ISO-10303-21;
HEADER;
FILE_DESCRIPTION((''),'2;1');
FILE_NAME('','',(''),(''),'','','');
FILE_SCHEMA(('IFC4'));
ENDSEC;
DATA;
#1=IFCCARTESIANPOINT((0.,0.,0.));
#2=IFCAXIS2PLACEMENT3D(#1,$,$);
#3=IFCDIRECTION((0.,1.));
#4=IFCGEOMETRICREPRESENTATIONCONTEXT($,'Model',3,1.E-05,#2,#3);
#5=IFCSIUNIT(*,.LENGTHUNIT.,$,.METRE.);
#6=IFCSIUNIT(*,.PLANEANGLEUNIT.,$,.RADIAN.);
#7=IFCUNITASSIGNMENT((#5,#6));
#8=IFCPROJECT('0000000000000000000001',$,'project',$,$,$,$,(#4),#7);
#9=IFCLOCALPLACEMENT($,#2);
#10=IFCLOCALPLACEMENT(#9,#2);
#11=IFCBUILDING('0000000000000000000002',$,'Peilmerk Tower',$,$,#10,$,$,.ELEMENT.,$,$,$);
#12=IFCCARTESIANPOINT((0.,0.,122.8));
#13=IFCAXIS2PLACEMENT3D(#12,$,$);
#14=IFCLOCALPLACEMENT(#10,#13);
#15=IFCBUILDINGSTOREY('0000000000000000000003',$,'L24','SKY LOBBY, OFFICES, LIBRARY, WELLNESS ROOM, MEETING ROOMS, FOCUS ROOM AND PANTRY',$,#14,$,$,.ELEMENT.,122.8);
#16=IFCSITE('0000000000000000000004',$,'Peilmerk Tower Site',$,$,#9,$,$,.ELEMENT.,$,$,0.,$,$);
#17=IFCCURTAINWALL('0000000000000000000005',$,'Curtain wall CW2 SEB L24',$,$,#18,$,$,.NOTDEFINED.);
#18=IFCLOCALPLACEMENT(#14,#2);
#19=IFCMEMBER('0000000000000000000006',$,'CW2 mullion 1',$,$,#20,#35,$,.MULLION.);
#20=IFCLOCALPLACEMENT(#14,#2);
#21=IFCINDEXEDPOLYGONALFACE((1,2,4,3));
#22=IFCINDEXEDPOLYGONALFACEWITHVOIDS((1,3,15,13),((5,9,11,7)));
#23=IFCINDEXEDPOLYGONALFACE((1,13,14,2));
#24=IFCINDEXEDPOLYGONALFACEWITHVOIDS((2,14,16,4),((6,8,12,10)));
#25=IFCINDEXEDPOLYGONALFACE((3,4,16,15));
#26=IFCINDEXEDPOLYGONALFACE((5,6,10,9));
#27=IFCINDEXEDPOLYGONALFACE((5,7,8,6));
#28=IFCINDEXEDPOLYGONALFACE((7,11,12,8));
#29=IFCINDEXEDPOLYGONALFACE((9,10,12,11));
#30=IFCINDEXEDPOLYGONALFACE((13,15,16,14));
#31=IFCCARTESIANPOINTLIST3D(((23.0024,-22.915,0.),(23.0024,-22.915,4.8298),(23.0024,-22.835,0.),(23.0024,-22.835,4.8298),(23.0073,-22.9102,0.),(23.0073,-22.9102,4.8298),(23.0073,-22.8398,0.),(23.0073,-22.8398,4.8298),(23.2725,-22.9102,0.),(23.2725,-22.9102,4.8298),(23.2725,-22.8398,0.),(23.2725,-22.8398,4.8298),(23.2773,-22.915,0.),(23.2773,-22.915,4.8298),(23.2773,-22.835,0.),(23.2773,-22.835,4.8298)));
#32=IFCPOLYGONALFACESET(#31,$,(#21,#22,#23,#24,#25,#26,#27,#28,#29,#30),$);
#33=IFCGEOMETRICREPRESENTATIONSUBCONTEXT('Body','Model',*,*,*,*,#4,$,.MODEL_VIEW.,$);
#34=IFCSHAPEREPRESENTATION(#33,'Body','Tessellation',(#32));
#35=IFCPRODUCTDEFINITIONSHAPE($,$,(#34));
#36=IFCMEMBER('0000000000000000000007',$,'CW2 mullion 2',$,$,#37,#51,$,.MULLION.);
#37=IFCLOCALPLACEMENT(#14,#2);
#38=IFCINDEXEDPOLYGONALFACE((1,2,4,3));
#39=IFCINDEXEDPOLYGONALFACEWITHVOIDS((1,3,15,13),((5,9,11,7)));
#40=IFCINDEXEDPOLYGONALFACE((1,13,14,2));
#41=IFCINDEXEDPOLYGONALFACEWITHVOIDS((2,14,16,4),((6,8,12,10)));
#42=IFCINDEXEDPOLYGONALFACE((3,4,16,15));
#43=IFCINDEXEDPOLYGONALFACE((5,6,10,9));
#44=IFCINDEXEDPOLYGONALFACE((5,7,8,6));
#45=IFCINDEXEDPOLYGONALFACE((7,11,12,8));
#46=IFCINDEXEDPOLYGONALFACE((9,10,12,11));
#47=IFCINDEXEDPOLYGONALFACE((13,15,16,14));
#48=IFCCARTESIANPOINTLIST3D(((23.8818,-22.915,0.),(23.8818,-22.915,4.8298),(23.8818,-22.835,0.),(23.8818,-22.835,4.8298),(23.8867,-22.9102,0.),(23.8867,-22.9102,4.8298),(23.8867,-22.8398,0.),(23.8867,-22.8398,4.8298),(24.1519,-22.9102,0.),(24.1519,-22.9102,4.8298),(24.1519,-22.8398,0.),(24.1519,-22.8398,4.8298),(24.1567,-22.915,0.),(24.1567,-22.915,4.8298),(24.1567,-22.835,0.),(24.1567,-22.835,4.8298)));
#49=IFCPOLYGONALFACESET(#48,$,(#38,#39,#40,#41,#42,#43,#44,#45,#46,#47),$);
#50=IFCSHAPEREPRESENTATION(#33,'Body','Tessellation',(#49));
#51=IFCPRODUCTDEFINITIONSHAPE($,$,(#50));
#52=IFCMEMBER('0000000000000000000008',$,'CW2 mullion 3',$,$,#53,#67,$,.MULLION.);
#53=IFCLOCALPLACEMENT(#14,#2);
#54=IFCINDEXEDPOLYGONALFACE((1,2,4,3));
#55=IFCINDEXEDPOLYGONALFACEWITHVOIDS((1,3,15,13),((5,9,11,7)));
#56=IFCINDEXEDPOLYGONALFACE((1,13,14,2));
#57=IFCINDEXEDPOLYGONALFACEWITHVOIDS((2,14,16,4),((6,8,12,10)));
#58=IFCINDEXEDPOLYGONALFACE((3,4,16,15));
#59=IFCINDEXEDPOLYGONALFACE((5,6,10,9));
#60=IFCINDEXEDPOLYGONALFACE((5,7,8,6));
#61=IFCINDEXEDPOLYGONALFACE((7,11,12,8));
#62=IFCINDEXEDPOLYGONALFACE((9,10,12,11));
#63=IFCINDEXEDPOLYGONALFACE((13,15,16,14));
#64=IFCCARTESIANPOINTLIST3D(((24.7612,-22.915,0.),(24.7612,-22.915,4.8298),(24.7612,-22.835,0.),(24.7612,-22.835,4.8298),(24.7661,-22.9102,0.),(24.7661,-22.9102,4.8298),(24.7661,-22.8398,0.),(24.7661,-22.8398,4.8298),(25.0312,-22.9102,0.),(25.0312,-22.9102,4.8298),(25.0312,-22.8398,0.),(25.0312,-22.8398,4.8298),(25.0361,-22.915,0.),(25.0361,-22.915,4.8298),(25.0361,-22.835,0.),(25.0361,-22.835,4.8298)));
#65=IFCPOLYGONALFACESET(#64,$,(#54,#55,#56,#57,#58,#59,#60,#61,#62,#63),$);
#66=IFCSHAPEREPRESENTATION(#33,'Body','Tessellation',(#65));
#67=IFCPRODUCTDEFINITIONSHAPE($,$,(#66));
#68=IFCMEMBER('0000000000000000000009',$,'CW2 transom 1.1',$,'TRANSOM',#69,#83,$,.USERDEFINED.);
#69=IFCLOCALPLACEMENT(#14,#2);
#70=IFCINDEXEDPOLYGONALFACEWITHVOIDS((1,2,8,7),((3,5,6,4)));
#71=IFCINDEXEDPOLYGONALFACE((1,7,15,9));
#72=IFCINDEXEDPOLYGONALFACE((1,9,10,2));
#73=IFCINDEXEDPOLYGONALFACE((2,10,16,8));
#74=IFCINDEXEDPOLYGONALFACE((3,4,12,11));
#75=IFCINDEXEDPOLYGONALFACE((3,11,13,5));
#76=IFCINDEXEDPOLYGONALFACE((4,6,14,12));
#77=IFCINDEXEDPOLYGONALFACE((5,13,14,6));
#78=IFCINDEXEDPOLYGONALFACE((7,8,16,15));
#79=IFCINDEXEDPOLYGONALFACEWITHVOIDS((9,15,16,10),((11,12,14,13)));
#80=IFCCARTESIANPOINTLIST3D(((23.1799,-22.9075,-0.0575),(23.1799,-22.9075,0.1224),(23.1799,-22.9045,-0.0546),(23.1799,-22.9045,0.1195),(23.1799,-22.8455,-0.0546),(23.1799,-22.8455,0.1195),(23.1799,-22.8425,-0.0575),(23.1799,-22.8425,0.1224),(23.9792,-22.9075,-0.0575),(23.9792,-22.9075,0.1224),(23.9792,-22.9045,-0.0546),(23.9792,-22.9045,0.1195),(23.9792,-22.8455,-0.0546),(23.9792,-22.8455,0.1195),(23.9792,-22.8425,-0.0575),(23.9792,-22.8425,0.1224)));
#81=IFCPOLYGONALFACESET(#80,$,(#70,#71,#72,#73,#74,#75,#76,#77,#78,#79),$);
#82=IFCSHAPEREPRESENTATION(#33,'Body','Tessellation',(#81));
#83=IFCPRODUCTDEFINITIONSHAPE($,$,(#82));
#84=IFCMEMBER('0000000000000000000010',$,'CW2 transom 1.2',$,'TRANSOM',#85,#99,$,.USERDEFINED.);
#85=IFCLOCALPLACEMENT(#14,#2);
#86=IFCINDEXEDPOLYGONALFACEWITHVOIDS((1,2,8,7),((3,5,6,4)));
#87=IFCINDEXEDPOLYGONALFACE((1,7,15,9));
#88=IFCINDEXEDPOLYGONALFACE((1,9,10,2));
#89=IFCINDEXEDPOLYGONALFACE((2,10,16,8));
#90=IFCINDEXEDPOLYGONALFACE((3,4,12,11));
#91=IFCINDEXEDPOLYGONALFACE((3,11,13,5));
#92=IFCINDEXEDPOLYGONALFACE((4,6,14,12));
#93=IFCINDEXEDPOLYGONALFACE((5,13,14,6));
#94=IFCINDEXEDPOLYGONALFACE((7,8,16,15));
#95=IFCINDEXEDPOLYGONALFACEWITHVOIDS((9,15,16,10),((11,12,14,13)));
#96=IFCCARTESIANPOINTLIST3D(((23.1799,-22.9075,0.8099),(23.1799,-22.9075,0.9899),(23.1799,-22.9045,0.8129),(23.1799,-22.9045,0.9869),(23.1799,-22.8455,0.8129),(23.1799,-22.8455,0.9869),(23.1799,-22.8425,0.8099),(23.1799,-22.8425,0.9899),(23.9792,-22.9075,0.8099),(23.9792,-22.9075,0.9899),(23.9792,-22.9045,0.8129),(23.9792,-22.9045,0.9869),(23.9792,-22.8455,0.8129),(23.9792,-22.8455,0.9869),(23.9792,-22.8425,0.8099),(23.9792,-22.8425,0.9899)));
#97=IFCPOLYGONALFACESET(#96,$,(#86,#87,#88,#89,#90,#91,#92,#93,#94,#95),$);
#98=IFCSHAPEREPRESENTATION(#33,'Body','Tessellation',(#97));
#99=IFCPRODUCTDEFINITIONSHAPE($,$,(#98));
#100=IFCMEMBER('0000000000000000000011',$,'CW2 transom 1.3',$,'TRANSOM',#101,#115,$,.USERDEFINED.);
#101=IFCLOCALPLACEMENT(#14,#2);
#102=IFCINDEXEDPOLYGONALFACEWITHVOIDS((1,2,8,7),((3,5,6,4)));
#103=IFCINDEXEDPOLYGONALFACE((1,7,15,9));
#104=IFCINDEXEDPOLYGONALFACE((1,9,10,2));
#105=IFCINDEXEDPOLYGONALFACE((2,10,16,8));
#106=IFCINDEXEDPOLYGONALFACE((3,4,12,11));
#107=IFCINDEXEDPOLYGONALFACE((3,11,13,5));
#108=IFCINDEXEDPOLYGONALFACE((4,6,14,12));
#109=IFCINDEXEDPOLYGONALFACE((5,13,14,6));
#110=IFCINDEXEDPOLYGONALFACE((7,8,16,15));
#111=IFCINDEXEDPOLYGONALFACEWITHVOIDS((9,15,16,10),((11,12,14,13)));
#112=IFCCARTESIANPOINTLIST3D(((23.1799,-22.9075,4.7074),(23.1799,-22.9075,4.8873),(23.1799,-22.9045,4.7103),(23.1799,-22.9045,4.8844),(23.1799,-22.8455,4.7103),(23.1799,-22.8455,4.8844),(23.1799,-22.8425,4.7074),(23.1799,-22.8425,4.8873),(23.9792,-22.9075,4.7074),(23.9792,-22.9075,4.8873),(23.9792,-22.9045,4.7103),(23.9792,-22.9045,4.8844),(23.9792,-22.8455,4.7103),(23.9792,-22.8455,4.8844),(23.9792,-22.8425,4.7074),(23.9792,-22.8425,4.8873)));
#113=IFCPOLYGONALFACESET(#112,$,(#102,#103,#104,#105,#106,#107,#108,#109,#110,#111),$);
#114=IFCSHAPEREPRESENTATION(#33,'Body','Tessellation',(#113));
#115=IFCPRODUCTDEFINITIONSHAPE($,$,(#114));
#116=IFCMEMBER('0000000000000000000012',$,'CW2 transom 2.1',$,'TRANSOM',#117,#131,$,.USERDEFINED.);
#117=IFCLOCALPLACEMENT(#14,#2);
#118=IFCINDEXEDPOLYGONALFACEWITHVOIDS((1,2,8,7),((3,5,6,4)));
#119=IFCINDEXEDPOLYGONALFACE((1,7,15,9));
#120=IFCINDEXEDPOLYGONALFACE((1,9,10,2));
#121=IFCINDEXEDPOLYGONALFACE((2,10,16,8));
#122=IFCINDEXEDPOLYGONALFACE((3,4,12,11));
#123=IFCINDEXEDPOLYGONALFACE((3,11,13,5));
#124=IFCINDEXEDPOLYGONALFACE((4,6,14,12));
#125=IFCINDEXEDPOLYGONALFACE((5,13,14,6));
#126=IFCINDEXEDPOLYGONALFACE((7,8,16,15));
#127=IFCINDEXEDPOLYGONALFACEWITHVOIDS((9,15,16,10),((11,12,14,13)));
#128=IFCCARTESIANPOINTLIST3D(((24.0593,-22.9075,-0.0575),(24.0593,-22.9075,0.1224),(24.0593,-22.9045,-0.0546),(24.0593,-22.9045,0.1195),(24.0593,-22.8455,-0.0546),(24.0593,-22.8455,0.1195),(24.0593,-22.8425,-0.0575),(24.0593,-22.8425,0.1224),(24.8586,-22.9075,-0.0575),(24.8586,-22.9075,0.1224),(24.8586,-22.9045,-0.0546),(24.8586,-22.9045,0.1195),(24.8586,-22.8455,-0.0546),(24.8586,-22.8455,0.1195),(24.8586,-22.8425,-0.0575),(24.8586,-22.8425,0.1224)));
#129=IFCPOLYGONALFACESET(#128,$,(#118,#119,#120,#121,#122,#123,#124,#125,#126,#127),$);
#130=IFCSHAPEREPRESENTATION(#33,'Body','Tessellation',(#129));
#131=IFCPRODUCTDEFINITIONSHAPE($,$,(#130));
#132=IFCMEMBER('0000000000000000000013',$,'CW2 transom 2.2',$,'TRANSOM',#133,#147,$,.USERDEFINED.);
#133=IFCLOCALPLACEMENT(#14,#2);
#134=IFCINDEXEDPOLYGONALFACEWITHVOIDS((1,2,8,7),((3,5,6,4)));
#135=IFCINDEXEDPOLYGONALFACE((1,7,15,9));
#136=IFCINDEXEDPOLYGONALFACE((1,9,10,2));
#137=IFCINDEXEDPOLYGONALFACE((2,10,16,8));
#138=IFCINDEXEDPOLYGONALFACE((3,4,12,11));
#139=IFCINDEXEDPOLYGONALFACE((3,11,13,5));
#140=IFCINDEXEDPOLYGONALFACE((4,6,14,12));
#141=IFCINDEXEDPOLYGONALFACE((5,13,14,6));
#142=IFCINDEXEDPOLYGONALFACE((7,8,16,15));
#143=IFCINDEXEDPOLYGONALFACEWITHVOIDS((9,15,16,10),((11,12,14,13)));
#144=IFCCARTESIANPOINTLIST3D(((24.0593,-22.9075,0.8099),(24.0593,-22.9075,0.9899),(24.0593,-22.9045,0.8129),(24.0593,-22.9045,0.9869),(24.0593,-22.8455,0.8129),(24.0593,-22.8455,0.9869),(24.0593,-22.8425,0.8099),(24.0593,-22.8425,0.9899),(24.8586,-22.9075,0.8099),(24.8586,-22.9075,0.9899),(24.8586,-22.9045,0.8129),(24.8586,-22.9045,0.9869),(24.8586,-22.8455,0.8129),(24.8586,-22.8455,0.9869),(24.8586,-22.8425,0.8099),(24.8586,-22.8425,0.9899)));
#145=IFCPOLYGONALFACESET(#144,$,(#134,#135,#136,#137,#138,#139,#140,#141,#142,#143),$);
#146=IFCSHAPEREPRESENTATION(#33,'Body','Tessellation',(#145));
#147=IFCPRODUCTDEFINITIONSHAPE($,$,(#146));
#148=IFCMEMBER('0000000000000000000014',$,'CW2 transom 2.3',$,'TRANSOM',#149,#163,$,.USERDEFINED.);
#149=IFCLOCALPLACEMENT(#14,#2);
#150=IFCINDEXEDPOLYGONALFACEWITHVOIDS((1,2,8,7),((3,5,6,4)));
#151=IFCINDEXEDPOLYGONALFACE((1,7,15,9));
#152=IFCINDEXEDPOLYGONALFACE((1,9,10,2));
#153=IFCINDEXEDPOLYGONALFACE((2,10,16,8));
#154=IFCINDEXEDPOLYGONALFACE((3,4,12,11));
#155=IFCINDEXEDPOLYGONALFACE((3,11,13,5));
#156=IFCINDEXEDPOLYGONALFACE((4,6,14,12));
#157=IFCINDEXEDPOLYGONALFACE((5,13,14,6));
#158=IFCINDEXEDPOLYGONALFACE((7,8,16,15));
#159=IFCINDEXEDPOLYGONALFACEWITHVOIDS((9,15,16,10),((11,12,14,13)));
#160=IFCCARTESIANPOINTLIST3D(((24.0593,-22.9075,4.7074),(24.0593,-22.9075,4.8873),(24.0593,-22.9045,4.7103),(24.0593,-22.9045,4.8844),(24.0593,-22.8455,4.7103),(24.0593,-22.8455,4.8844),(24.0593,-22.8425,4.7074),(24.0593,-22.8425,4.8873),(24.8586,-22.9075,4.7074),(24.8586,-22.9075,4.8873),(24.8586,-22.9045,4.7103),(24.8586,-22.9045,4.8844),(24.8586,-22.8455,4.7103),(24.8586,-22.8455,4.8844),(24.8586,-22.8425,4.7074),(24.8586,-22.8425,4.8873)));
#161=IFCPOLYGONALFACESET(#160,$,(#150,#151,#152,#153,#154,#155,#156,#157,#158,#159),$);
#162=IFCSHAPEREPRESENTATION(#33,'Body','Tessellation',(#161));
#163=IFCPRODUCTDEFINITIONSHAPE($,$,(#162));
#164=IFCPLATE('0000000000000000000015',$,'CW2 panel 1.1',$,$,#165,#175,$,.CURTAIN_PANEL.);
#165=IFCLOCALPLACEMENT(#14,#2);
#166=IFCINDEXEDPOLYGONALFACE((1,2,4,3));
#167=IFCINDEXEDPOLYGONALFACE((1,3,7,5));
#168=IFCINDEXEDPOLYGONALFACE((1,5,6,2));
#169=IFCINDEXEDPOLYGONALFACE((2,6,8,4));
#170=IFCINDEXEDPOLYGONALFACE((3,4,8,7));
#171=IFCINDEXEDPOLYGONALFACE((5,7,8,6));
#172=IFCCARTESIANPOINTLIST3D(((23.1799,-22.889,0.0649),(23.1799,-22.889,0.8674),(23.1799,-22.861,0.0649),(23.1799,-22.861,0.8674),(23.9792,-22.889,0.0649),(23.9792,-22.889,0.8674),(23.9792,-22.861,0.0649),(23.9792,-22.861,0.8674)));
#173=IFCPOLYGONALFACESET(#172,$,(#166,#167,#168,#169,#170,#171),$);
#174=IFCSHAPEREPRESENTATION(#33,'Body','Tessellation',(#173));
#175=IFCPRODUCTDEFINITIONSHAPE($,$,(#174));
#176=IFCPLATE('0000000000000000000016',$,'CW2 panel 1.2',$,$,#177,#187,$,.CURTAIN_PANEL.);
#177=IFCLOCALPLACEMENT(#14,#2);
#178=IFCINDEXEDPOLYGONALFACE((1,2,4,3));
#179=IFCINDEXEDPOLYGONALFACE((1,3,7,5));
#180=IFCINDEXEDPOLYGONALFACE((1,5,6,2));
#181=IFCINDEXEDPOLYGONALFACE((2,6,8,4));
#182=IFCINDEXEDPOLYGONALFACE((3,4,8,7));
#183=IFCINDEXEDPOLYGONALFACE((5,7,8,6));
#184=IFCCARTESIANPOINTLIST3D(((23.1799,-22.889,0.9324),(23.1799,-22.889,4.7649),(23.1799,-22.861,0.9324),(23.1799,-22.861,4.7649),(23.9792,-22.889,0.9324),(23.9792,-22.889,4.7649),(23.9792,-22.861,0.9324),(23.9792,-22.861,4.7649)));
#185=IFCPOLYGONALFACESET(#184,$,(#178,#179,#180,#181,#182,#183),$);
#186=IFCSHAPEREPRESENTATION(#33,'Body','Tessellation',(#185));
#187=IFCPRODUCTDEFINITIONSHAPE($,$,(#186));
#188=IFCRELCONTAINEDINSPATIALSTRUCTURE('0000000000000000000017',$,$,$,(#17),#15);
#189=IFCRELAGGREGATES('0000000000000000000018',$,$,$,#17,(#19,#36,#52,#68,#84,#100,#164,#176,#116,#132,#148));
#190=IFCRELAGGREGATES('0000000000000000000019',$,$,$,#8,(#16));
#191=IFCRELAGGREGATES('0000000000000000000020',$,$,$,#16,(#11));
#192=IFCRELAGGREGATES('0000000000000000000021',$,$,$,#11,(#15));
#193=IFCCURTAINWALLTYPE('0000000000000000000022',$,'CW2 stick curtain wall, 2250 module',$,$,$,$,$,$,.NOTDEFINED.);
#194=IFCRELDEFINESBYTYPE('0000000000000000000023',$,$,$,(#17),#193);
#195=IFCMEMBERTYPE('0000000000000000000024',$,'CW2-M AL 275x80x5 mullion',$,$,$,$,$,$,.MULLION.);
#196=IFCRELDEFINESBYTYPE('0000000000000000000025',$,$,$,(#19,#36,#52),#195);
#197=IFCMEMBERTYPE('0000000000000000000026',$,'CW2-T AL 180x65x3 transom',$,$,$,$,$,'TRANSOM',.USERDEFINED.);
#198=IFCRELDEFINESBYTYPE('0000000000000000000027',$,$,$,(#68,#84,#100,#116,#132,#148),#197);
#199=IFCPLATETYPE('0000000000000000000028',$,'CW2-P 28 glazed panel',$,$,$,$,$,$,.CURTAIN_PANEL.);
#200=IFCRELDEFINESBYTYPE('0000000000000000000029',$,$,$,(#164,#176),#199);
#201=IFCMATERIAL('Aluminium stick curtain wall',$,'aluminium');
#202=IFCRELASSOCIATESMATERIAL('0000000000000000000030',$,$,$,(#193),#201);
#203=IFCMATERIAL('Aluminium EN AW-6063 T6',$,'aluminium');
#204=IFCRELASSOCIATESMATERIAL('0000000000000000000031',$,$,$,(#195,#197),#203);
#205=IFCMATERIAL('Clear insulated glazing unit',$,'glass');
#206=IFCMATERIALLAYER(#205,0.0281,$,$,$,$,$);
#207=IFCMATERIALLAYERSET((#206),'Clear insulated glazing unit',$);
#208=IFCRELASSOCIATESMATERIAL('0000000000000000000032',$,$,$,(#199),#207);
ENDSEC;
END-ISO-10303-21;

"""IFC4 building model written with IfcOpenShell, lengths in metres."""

from ifc_helpers import new_model, si_unit, direction, frame, origin, origin_2d, place, context, subcontext, project, spatial, rectangle, hollow_rectangle, extrude, material, layer, layer_set, material_profile, profile_set, type_object, element, aggregate, save


model = new_model("IFC4")

# Units and contexts
model_context = context("Model", 3, precision=1e-05, world=origin(), true_north=direction((0.0, 1.0)))
body_context = subcontext(model_context, "Body", "Model", "MODEL_VIEW")
ifc_project = project(units=[si_unit("LENGTHUNIT", "METRE"), si_unit("PLANEANGLEUNIT", "RADIAN")], contexts=[model_context])

# Site, building, storey
site_placement = place(None, origin())
site = spatial("IfcSite", under=ifc_project, at=site_placement, Name="Peilmerk Tower Site", CompositionType="ELEMENT", RefElevation=0.0)
building_placement = place(site_placement, origin())
building = spatial("IfcBuilding", under=site, at=building_placement, Name="Peilmerk Tower", CompositionType="ELEMENT")
storey_placement = place(building_placement, frame((0.0, 0.0, 122.8)))
storey = spatial("IfcBuildingStorey", under=building, at=storey_placement, Name="L24", Description="SKY LOBBY, OFFICES, LIBRARY, WELLNESS ROOM, MEETING ROOMS, FOCUS ROOM AND PANTRY", CompositionType="ELEMENT", Elevation=122.8)

# Curtain wall, members, plates
ifc_material_1 = material(Name="Aluminium stick curtain wall", Category="aluminium")
curtain_wall_type = type_object("IfcCurtainWallType", Name="CW2 stick curtain wall, 2250 module", PredefinedType="NOTDEFINED", material=ifc_material_1)
curtain_wall_placement = place(storey_placement, origin())
curtain_wall = element("IfcCurtainWall", 1, at=curtain_wall_placement, inside=storey, type_object=curtain_wall_type, Name="Curtain wall CW2 SEB L24", PredefinedType="NOTDEFINED")
ifc_material_2 = material(Name="Aluminium EN AW-6063 T6", Category="aluminium")
ifc_material_profile_1 = material_profile(ifc_material_2, hollow_rectangle(XDim=0.0801, YDim=0.2749, WallThickness=0.0049, at=origin_2d()), Name="AL 275x80x5")
ifc_profile_set_1 = profile_set([ifc_material_profile_1], Name="Aluminium EN AW-6063 T6")
member_type_1 = type_object("IfcMemberType", Name="CW2-M AL 275x80x5 mullion", PredefinedType="MULLION", material=ifc_profile_set_1)
member_1_placement = place(storey_placement, frame((23.1399, -22.875, 0.0), z_axis=(0.0, 0.0, 1.0), x_axis=(0.0, 1.0, 0.0)))
member_1 = element("IfcMember", 2, at=member_1_placement, type_object=member_type_1, Name="CW2 mullion 1", PredefinedType="MULLION", context=body_context, shape_type="SweptSolid", body=[
    extrude(hollow_rectangle(XDim=0.0801, YDim=0.2749, WallThickness=0.0049, at=origin_2d()), origin(), (0.0, 0.0, 1.0), 4.8298),
])
member_2_placement = place(storey_placement, frame((24.0193, -22.875, 0.0), z_axis=(0.0, 0.0, 1.0), x_axis=(0.0, 1.0, 0.0)))
member_2 = element("IfcMember", 3, at=member_2_placement, type_object=member_type_1, Name="CW2 mullion 2", PredefinedType="MULLION", context=body_context, shape_type="SweptSolid", body=[
    extrude(hollow_rectangle(XDim=0.0801, YDim=0.2749, WallThickness=0.0049, at=origin_2d()), origin(), (0.0, 0.0, 1.0), 4.8298),
])
member_3_placement = place(storey_placement, frame((24.8987, -22.875, 0.0), z_axis=(0.0, 0.0, 1.0), x_axis=(0.0, 1.0, 0.0)))
member_3 = element("IfcMember", 4, at=member_3_placement, type_object=member_type_1, Name="CW2 mullion 3", PredefinedType="MULLION", context=body_context, shape_type="SweptSolid", body=[
    extrude(hollow_rectangle(XDim=0.0801, YDim=0.2749, WallThickness=0.0049, at=origin_2d()), origin(), (0.0, 0.0, 1.0), 4.8298),
])
ifc_material_profile_2 = material_profile(ifc_material_2, hollow_rectangle(XDim=0.0649, YDim=0.1799, WallThickness=0.0029, at=origin_2d()), Name="AL 180x65x3")
ifc_profile_set_2 = profile_set([ifc_material_profile_2], Name="Aluminium EN AW-6063 T6")
member_type_2 = type_object("IfcMemberType", Name="CW2-T AL 180x65x3 transom", ElementType="TRANSOM", PredefinedType="USERDEFINED", material=ifc_profile_set_2)
member_4_placement = place(storey_placement, frame((23.1799, -22.875, 0.0325), z_axis=(1.0, 0.0, 0.0), x_axis=(0.0, 1.0, 0.0)))
member_4 = element("IfcMember", 5, at=member_4_placement, type_object=member_type_2, Name="CW2 transom 1.1", ObjectType="TRANSOM", PredefinedType="USERDEFINED", context=body_context, shape_type="SweptSolid", body=[
    extrude(hollow_rectangle(XDim=0.0649, YDim=0.1799, WallThickness=0.0029, at=origin_2d()), origin(), (0.0, 0.0, 1.0), 0.7993),
])
member_5_placement = place(storey_placement, frame((23.1799, -22.875, 0.8999), z_axis=(1.0, 0.0, 0.0), x_axis=(0.0, 1.0, 0.0)))
member_5 = element("IfcMember", 6, at=member_5_placement, type_object=member_type_2, Name="CW2 transom 1.2", ObjectType="TRANSOM", PredefinedType="USERDEFINED", context=body_context, shape_type="SweptSolid", body=[
    extrude(hollow_rectangle(XDim=0.0649, YDim=0.1799, WallThickness=0.0029, at=origin_2d()), origin(), (0.0, 0.0, 1.0), 0.7993),
])
member_6_placement = place(storey_placement, frame((23.1799, -22.875, 4.7974), z_axis=(1.0, 0.0, 0.0), x_axis=(0.0, 1.0, 0.0)))
member_6 = element("IfcMember", 7, at=member_6_placement, type_object=member_type_2, Name="CW2 transom 1.3", ObjectType="TRANSOM", PredefinedType="USERDEFINED", context=body_context, shape_type="SweptSolid", body=[
    extrude(hollow_rectangle(XDim=0.0649, YDim=0.1799, WallThickness=0.0029, at=origin_2d()), origin(), (0.0, 0.0, 1.0), 0.7993),
])
member_7_placement = place(storey_placement, frame((24.0593, -22.875, 0.0325), z_axis=(1.0, 0.0, 0.0), x_axis=(0.0, 1.0, 0.0)))
member_7 = element("IfcMember", 8, at=member_7_placement, type_object=member_type_2, Name="CW2 transom 2.1", ObjectType="TRANSOM", PredefinedType="USERDEFINED", context=body_context, shape_type="SweptSolid", body=[
    extrude(hollow_rectangle(XDim=0.0649, YDim=0.1799, WallThickness=0.0029, at=origin_2d()), origin(), (0.0, 0.0, 1.0), 0.7993),
])
member_8_placement = place(storey_placement, frame((24.0593, -22.875, 0.8999), z_axis=(1.0, 0.0, 0.0), x_axis=(0.0, 1.0, 0.0)))
member_8 = element("IfcMember", 9, at=member_8_placement, type_object=member_type_2, Name="CW2 transom 2.2", ObjectType="TRANSOM", PredefinedType="USERDEFINED", context=body_context, shape_type="SweptSolid", body=[
    extrude(hollow_rectangle(XDim=0.0649, YDim=0.1799, WallThickness=0.0029, at=origin_2d()), origin(), (0.0, 0.0, 1.0), 0.7993),
])
member_9_placement = place(storey_placement, frame((24.0593, -22.875, 4.7974), z_axis=(1.0, 0.0, 0.0), x_axis=(0.0, 1.0, 0.0)))
member_9 = element("IfcMember", 10, at=member_9_placement, type_object=member_type_2, Name="CW2 transom 2.3", ObjectType="TRANSOM", PredefinedType="USERDEFINED", context=body_context, shape_type="SweptSolid", body=[
    extrude(hollow_rectangle(XDim=0.0649, YDim=0.1799, WallThickness=0.0029, at=origin_2d()), origin(), (0.0, 0.0, 1.0), 0.7993),
])
ifc_material_3 = material(Name="Clear insulated glazing unit", Category="glass")
ifc_layer_1 = layer(ifc_material_3, 0.0281)
ifc_layer_set_1 = layer_set([ifc_layer_1], Name="Clear insulated glazing unit")
plate_type = type_object("IfcPlateType", Name="CW2-P 28 glazed panel", PredefinedType="CURTAIN_PANEL", material=ifc_layer_set_1)
plate_1_placement = place(storey_placement, frame((23.5796, -22.875, 0.0649), z_axis=(0.0, 0.0, 1.0), x_axis=(1.0, 0.0, 0.0)))
plate_1 = element("IfcPlate", 11, at=plate_1_placement, type_object=plate_type, Name="CW2 panel 1.1", PredefinedType="CURTAIN_PANEL", context=body_context, shape_type="SweptSolid", body=[
    extrude(rectangle(XDim=0.7993, YDim=0.0281, at=origin_2d()), origin(), (0.0, 0.0, 1.0), 0.8025),
])
plate_2_placement = place(storey_placement, frame((23.5796, -22.875, 0.9324), z_axis=(0.0, 0.0, 1.0), x_axis=(1.0, 0.0, 0.0)))
plate_2 = element("IfcPlate", 12, at=plate_2_placement, type_object=plate_type, Name="CW2 panel 1.2", PredefinedType="CURTAIN_PANEL", context=body_context, shape_type="SweptSolid", body=[
    extrude(rectangle(XDim=0.7993, YDim=0.0281, at=origin_2d()), origin(), (0.0, 0.0, 1.0), 3.8325),
])
aggregate(curtain_wall, [member_1, member_2, member_3, member_4, member_5, member_6, plate_1, plate_2, member_7, member_8, member_9])

save(model, "model.ifc")
